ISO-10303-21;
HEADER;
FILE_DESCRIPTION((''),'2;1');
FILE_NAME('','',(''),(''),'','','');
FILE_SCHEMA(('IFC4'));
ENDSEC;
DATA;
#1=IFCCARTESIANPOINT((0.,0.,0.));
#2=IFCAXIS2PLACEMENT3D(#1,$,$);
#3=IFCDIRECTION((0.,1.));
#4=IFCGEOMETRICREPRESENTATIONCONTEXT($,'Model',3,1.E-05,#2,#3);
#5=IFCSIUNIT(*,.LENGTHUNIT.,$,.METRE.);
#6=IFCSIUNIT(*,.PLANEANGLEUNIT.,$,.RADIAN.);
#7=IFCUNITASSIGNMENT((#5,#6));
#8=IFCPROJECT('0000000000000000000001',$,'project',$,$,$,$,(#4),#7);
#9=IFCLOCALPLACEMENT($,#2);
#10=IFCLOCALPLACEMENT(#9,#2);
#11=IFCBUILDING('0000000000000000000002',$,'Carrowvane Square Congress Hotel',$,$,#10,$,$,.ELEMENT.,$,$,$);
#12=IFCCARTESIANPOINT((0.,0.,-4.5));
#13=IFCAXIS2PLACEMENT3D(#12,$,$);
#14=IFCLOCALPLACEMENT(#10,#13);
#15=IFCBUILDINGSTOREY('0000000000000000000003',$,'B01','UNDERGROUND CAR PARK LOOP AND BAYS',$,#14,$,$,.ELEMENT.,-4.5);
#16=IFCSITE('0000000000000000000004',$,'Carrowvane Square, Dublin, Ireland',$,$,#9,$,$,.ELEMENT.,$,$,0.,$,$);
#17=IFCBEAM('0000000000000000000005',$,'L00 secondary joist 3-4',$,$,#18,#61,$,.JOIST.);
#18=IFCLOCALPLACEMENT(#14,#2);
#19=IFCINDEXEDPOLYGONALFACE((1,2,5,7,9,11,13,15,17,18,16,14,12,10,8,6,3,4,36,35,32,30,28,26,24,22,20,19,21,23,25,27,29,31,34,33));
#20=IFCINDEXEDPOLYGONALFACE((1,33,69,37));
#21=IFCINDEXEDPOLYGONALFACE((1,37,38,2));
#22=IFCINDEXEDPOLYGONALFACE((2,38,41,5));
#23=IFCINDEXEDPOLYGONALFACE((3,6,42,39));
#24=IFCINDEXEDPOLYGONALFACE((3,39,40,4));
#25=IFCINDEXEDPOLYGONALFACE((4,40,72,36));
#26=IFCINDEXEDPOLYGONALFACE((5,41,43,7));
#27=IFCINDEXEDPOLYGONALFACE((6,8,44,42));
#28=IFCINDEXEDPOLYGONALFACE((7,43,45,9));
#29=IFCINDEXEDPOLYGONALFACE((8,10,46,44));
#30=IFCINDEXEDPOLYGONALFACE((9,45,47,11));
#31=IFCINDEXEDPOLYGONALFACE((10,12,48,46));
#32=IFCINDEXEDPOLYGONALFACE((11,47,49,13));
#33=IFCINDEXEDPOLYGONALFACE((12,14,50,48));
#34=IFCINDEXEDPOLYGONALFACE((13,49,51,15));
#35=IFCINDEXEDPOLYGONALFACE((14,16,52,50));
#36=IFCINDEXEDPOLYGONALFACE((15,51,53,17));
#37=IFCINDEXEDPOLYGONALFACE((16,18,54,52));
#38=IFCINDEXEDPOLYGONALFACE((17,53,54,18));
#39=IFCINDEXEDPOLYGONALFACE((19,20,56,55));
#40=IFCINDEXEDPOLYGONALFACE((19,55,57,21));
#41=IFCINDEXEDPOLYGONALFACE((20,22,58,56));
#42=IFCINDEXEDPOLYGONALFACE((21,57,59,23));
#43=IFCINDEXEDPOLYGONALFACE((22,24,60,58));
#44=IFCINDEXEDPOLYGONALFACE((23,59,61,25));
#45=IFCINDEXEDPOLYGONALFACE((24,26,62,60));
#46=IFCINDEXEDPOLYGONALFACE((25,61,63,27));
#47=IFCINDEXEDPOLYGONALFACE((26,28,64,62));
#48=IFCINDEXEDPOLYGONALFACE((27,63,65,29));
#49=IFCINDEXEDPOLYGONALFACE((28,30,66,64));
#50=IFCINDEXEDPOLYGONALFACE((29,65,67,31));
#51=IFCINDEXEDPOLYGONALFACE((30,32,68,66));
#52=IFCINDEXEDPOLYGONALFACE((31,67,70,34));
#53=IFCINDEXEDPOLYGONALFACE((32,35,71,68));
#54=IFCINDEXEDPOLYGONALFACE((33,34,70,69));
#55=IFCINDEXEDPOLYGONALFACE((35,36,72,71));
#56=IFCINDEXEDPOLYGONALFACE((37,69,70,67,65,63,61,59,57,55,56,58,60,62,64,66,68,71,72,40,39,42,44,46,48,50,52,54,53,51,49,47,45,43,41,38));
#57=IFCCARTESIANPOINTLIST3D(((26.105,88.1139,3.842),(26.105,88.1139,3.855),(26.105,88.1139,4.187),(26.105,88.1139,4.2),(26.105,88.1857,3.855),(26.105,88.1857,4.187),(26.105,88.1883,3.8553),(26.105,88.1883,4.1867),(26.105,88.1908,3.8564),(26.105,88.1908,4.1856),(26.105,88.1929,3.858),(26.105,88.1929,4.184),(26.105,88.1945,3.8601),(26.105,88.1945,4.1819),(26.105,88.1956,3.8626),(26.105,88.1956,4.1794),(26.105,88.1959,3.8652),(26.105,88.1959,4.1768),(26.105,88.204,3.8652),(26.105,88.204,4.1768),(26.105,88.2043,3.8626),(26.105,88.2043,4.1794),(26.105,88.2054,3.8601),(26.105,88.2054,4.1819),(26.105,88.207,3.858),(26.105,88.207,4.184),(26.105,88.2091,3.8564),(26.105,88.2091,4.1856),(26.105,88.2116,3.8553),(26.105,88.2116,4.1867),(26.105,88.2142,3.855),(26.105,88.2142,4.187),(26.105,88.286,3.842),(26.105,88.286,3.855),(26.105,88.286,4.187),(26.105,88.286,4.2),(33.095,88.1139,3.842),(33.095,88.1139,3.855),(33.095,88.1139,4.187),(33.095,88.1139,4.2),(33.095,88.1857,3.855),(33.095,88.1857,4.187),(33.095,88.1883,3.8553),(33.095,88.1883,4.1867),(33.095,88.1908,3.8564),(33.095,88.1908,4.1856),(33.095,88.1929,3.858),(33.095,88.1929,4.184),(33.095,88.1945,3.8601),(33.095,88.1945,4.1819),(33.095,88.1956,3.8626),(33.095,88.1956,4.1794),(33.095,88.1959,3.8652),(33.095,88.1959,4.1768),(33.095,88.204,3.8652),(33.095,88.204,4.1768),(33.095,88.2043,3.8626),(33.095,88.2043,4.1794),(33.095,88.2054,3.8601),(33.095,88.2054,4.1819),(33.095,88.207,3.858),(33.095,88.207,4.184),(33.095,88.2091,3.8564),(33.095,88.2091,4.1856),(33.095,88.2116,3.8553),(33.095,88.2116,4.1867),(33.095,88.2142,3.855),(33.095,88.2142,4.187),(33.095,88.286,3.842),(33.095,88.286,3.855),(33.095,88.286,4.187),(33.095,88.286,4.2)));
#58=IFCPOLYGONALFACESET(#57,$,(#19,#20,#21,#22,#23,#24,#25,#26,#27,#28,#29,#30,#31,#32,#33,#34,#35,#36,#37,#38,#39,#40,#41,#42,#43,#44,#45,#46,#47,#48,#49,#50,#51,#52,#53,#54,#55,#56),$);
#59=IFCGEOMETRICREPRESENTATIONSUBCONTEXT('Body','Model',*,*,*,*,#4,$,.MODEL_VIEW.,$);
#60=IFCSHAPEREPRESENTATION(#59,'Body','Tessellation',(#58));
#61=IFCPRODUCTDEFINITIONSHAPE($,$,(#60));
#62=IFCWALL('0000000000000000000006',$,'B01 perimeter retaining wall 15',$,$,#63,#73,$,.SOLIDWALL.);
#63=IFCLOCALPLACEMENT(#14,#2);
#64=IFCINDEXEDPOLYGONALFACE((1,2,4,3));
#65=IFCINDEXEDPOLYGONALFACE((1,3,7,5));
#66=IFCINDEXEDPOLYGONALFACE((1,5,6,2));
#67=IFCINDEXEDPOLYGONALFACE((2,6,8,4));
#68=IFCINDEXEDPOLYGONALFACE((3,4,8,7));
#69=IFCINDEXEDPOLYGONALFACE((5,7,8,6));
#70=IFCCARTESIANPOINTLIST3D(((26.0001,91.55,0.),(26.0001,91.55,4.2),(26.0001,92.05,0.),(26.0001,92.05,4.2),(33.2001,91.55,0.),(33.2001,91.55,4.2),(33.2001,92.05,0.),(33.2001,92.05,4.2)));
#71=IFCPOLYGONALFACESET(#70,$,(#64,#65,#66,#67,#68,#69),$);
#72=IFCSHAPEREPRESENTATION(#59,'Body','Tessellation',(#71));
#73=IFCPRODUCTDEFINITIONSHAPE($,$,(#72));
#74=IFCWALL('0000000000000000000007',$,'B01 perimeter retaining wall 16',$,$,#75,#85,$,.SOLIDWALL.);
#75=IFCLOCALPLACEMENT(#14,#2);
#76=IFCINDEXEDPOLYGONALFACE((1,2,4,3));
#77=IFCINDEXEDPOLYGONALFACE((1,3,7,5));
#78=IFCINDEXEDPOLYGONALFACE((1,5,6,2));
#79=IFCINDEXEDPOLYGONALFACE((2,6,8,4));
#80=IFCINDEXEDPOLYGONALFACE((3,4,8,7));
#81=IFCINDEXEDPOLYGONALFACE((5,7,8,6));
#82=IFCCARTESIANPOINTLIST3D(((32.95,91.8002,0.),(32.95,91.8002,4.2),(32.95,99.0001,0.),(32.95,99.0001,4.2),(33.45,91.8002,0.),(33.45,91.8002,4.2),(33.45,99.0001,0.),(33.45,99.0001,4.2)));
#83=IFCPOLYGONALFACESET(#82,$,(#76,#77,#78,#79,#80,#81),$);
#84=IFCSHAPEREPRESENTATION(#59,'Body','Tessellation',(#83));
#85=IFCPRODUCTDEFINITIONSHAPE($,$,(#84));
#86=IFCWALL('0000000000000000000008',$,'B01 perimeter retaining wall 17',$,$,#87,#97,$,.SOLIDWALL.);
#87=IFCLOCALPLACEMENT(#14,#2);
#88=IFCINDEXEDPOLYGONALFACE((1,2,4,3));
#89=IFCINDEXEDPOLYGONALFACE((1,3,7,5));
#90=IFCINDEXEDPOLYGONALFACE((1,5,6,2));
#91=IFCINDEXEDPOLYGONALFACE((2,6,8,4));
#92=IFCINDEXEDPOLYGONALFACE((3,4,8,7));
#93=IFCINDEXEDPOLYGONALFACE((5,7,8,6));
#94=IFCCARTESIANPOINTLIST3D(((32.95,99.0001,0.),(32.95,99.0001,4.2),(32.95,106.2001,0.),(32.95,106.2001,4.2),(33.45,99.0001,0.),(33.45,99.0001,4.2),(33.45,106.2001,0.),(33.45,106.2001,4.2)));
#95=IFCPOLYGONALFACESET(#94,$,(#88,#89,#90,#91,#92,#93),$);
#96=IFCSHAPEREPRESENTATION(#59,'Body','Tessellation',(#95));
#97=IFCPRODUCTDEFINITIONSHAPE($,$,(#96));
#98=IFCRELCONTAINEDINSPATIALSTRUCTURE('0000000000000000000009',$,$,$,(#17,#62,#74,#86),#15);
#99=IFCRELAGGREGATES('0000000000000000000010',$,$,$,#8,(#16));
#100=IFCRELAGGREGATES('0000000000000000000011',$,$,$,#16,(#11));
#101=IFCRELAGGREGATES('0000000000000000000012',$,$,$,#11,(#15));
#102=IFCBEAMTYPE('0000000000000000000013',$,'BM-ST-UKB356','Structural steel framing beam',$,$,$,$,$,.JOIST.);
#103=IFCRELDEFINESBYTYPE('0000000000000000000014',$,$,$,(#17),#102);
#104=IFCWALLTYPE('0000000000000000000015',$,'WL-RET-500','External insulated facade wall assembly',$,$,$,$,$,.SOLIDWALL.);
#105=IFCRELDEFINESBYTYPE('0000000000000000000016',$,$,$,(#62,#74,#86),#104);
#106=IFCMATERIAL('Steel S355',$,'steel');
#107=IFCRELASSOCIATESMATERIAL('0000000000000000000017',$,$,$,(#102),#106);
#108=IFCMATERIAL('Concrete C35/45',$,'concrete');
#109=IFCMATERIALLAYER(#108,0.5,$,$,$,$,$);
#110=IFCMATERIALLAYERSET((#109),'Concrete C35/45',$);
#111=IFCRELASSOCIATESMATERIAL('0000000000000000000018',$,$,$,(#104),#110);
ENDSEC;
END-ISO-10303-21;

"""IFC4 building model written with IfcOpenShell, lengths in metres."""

from ifc_helpers import new_model, si_unit, direction, frame, frame_2d, origin, origin_2d, place, context, subcontext, project, spatial, rectangle, i_section, extrude, material, layer, layer_set, material_profile, profile_set, type_object, element, save


model = new_model("IFC4")

# Units and contexts
model_context = context("Model", 3, precision=1e-05, world=origin(), true_north=direction((0.0, 1.0)))
body_context = subcontext(model_context, "Body", "Model", "MODEL_VIEW")
ifc_project = project(units=[si_unit("LENGTHUNIT", "METRE"), si_unit("PLANEANGLEUNIT", "RADIAN")], contexts=[model_context])

# Site, building, storey
site_placement = place(None, origin())
site = spatial("IfcSite", under=ifc_project, at=site_placement, Name="Carrowvane Square, Dublin, Ireland", CompositionType="ELEMENT", RefElevation=0.0)
building_placement = place(site_placement, origin())
building = spatial("IfcBuilding", under=site, at=building_placement, Name="Carrowvane Square Congress Hotel", CompositionType="ELEMENT")
storey_placement = place(building_placement, frame((0.0, 0.0, -4.5)))
storey = spatial("IfcBuildingStorey", under=building, at=storey_placement, Name="B01", Description="UNDERGROUND CAR PARK LOOP AND BAYS", CompositionType="ELEMENT", Elevation=-4.5)

# Beam
ifc_material_1 = material(Name="Steel S355", Category="steel")
ifc_material_profile_1 = material_profile(ifc_material_1, i_section(OverallWidth=0.1721, OverallDepth=0.3579, WebThickness=0.0081, FlangeThickness=0.0129, FilletRadius=0.0103, at=origin_2d()), Name="UKB 356x171x57")
ifc_profile_set_1 = profile_set([ifc_material_profile_1], Name="Steel S355")
beam_type_1 = type_object("IfcBeamType", Name="BM-ST-UKB356", Description="Structural steel framing beam", PredefinedType="JOIST", material=ifc_profile_set_1)
beam_1_placement = place(storey_placement, frame((26.105, 88.2, 4.021), z_axis=(1.0, 0.0, 0.0), x_axis=(0.0, 1.0, 0.0)))
element("IfcBeam", 1, at=beam_1_placement, inside=storey, type_object=beam_type_1, Name="L00 secondary joist 3-4", PredefinedType="JOIST", context=body_context, shape_type="SweptSolid", body=[
    extrude(i_section(OverallWidth=0.1721, OverallDepth=0.3579, WebThickness=0.0081, FlangeThickness=0.0129, FilletRadius=0.0103, at=origin_2d()), origin(), (0.0, 0.0, 1.0), 6.99),
])

# Walls
ifc_material_2 = material(Name="Concrete C35/45", Category="concrete")
ifc_layer = layer(ifc_material_2, 0.5)
ifc_layer_set = layer_set([ifc_layer], Name="Concrete C35/45")
wall_type = type_object("IfcWallType", Name="WL-RET-500", Description="External insulated facade wall assembly", PredefinedType="SOLIDWALL", material=ifc_layer_set)
for number, where, z_axis, x_axis, name in (
    (2, (26.0, 91.8, 0.0), (0.0, 0.0, 1.0), (1.0, 0.0, 0.0), "B01 perimeter retaining wall 15"),
    (3, (33.2, 91.8, 0.0), (0.0, 0.0, 1.0), (0.0, 1.0, 0.0), "B01 perimeter retaining wall 16"),
    (4, (33.2, 99.0, 0.0), (0.0, 0.0, 1.0), (0.0, 1.0, 0.0), "B01 perimeter retaining wall 17"),
):
    element("IfcWall", number, at=place(storey_placement, frame(where, z_axis=z_axis, x_axis=x_axis)), inside=storey, type_object=wall_type, Name=name, PredefinedType="SOLIDWALL", context=body_context, shape_type="SweptSolid", body=[
        extrude(rectangle(XDim=7.2, YDim=0.5, at=frame_2d((3.6001, 0.0))), origin(), (0.0, 0.0, 1.0), 4.2),
    ])

save(model, "model.ifc")
